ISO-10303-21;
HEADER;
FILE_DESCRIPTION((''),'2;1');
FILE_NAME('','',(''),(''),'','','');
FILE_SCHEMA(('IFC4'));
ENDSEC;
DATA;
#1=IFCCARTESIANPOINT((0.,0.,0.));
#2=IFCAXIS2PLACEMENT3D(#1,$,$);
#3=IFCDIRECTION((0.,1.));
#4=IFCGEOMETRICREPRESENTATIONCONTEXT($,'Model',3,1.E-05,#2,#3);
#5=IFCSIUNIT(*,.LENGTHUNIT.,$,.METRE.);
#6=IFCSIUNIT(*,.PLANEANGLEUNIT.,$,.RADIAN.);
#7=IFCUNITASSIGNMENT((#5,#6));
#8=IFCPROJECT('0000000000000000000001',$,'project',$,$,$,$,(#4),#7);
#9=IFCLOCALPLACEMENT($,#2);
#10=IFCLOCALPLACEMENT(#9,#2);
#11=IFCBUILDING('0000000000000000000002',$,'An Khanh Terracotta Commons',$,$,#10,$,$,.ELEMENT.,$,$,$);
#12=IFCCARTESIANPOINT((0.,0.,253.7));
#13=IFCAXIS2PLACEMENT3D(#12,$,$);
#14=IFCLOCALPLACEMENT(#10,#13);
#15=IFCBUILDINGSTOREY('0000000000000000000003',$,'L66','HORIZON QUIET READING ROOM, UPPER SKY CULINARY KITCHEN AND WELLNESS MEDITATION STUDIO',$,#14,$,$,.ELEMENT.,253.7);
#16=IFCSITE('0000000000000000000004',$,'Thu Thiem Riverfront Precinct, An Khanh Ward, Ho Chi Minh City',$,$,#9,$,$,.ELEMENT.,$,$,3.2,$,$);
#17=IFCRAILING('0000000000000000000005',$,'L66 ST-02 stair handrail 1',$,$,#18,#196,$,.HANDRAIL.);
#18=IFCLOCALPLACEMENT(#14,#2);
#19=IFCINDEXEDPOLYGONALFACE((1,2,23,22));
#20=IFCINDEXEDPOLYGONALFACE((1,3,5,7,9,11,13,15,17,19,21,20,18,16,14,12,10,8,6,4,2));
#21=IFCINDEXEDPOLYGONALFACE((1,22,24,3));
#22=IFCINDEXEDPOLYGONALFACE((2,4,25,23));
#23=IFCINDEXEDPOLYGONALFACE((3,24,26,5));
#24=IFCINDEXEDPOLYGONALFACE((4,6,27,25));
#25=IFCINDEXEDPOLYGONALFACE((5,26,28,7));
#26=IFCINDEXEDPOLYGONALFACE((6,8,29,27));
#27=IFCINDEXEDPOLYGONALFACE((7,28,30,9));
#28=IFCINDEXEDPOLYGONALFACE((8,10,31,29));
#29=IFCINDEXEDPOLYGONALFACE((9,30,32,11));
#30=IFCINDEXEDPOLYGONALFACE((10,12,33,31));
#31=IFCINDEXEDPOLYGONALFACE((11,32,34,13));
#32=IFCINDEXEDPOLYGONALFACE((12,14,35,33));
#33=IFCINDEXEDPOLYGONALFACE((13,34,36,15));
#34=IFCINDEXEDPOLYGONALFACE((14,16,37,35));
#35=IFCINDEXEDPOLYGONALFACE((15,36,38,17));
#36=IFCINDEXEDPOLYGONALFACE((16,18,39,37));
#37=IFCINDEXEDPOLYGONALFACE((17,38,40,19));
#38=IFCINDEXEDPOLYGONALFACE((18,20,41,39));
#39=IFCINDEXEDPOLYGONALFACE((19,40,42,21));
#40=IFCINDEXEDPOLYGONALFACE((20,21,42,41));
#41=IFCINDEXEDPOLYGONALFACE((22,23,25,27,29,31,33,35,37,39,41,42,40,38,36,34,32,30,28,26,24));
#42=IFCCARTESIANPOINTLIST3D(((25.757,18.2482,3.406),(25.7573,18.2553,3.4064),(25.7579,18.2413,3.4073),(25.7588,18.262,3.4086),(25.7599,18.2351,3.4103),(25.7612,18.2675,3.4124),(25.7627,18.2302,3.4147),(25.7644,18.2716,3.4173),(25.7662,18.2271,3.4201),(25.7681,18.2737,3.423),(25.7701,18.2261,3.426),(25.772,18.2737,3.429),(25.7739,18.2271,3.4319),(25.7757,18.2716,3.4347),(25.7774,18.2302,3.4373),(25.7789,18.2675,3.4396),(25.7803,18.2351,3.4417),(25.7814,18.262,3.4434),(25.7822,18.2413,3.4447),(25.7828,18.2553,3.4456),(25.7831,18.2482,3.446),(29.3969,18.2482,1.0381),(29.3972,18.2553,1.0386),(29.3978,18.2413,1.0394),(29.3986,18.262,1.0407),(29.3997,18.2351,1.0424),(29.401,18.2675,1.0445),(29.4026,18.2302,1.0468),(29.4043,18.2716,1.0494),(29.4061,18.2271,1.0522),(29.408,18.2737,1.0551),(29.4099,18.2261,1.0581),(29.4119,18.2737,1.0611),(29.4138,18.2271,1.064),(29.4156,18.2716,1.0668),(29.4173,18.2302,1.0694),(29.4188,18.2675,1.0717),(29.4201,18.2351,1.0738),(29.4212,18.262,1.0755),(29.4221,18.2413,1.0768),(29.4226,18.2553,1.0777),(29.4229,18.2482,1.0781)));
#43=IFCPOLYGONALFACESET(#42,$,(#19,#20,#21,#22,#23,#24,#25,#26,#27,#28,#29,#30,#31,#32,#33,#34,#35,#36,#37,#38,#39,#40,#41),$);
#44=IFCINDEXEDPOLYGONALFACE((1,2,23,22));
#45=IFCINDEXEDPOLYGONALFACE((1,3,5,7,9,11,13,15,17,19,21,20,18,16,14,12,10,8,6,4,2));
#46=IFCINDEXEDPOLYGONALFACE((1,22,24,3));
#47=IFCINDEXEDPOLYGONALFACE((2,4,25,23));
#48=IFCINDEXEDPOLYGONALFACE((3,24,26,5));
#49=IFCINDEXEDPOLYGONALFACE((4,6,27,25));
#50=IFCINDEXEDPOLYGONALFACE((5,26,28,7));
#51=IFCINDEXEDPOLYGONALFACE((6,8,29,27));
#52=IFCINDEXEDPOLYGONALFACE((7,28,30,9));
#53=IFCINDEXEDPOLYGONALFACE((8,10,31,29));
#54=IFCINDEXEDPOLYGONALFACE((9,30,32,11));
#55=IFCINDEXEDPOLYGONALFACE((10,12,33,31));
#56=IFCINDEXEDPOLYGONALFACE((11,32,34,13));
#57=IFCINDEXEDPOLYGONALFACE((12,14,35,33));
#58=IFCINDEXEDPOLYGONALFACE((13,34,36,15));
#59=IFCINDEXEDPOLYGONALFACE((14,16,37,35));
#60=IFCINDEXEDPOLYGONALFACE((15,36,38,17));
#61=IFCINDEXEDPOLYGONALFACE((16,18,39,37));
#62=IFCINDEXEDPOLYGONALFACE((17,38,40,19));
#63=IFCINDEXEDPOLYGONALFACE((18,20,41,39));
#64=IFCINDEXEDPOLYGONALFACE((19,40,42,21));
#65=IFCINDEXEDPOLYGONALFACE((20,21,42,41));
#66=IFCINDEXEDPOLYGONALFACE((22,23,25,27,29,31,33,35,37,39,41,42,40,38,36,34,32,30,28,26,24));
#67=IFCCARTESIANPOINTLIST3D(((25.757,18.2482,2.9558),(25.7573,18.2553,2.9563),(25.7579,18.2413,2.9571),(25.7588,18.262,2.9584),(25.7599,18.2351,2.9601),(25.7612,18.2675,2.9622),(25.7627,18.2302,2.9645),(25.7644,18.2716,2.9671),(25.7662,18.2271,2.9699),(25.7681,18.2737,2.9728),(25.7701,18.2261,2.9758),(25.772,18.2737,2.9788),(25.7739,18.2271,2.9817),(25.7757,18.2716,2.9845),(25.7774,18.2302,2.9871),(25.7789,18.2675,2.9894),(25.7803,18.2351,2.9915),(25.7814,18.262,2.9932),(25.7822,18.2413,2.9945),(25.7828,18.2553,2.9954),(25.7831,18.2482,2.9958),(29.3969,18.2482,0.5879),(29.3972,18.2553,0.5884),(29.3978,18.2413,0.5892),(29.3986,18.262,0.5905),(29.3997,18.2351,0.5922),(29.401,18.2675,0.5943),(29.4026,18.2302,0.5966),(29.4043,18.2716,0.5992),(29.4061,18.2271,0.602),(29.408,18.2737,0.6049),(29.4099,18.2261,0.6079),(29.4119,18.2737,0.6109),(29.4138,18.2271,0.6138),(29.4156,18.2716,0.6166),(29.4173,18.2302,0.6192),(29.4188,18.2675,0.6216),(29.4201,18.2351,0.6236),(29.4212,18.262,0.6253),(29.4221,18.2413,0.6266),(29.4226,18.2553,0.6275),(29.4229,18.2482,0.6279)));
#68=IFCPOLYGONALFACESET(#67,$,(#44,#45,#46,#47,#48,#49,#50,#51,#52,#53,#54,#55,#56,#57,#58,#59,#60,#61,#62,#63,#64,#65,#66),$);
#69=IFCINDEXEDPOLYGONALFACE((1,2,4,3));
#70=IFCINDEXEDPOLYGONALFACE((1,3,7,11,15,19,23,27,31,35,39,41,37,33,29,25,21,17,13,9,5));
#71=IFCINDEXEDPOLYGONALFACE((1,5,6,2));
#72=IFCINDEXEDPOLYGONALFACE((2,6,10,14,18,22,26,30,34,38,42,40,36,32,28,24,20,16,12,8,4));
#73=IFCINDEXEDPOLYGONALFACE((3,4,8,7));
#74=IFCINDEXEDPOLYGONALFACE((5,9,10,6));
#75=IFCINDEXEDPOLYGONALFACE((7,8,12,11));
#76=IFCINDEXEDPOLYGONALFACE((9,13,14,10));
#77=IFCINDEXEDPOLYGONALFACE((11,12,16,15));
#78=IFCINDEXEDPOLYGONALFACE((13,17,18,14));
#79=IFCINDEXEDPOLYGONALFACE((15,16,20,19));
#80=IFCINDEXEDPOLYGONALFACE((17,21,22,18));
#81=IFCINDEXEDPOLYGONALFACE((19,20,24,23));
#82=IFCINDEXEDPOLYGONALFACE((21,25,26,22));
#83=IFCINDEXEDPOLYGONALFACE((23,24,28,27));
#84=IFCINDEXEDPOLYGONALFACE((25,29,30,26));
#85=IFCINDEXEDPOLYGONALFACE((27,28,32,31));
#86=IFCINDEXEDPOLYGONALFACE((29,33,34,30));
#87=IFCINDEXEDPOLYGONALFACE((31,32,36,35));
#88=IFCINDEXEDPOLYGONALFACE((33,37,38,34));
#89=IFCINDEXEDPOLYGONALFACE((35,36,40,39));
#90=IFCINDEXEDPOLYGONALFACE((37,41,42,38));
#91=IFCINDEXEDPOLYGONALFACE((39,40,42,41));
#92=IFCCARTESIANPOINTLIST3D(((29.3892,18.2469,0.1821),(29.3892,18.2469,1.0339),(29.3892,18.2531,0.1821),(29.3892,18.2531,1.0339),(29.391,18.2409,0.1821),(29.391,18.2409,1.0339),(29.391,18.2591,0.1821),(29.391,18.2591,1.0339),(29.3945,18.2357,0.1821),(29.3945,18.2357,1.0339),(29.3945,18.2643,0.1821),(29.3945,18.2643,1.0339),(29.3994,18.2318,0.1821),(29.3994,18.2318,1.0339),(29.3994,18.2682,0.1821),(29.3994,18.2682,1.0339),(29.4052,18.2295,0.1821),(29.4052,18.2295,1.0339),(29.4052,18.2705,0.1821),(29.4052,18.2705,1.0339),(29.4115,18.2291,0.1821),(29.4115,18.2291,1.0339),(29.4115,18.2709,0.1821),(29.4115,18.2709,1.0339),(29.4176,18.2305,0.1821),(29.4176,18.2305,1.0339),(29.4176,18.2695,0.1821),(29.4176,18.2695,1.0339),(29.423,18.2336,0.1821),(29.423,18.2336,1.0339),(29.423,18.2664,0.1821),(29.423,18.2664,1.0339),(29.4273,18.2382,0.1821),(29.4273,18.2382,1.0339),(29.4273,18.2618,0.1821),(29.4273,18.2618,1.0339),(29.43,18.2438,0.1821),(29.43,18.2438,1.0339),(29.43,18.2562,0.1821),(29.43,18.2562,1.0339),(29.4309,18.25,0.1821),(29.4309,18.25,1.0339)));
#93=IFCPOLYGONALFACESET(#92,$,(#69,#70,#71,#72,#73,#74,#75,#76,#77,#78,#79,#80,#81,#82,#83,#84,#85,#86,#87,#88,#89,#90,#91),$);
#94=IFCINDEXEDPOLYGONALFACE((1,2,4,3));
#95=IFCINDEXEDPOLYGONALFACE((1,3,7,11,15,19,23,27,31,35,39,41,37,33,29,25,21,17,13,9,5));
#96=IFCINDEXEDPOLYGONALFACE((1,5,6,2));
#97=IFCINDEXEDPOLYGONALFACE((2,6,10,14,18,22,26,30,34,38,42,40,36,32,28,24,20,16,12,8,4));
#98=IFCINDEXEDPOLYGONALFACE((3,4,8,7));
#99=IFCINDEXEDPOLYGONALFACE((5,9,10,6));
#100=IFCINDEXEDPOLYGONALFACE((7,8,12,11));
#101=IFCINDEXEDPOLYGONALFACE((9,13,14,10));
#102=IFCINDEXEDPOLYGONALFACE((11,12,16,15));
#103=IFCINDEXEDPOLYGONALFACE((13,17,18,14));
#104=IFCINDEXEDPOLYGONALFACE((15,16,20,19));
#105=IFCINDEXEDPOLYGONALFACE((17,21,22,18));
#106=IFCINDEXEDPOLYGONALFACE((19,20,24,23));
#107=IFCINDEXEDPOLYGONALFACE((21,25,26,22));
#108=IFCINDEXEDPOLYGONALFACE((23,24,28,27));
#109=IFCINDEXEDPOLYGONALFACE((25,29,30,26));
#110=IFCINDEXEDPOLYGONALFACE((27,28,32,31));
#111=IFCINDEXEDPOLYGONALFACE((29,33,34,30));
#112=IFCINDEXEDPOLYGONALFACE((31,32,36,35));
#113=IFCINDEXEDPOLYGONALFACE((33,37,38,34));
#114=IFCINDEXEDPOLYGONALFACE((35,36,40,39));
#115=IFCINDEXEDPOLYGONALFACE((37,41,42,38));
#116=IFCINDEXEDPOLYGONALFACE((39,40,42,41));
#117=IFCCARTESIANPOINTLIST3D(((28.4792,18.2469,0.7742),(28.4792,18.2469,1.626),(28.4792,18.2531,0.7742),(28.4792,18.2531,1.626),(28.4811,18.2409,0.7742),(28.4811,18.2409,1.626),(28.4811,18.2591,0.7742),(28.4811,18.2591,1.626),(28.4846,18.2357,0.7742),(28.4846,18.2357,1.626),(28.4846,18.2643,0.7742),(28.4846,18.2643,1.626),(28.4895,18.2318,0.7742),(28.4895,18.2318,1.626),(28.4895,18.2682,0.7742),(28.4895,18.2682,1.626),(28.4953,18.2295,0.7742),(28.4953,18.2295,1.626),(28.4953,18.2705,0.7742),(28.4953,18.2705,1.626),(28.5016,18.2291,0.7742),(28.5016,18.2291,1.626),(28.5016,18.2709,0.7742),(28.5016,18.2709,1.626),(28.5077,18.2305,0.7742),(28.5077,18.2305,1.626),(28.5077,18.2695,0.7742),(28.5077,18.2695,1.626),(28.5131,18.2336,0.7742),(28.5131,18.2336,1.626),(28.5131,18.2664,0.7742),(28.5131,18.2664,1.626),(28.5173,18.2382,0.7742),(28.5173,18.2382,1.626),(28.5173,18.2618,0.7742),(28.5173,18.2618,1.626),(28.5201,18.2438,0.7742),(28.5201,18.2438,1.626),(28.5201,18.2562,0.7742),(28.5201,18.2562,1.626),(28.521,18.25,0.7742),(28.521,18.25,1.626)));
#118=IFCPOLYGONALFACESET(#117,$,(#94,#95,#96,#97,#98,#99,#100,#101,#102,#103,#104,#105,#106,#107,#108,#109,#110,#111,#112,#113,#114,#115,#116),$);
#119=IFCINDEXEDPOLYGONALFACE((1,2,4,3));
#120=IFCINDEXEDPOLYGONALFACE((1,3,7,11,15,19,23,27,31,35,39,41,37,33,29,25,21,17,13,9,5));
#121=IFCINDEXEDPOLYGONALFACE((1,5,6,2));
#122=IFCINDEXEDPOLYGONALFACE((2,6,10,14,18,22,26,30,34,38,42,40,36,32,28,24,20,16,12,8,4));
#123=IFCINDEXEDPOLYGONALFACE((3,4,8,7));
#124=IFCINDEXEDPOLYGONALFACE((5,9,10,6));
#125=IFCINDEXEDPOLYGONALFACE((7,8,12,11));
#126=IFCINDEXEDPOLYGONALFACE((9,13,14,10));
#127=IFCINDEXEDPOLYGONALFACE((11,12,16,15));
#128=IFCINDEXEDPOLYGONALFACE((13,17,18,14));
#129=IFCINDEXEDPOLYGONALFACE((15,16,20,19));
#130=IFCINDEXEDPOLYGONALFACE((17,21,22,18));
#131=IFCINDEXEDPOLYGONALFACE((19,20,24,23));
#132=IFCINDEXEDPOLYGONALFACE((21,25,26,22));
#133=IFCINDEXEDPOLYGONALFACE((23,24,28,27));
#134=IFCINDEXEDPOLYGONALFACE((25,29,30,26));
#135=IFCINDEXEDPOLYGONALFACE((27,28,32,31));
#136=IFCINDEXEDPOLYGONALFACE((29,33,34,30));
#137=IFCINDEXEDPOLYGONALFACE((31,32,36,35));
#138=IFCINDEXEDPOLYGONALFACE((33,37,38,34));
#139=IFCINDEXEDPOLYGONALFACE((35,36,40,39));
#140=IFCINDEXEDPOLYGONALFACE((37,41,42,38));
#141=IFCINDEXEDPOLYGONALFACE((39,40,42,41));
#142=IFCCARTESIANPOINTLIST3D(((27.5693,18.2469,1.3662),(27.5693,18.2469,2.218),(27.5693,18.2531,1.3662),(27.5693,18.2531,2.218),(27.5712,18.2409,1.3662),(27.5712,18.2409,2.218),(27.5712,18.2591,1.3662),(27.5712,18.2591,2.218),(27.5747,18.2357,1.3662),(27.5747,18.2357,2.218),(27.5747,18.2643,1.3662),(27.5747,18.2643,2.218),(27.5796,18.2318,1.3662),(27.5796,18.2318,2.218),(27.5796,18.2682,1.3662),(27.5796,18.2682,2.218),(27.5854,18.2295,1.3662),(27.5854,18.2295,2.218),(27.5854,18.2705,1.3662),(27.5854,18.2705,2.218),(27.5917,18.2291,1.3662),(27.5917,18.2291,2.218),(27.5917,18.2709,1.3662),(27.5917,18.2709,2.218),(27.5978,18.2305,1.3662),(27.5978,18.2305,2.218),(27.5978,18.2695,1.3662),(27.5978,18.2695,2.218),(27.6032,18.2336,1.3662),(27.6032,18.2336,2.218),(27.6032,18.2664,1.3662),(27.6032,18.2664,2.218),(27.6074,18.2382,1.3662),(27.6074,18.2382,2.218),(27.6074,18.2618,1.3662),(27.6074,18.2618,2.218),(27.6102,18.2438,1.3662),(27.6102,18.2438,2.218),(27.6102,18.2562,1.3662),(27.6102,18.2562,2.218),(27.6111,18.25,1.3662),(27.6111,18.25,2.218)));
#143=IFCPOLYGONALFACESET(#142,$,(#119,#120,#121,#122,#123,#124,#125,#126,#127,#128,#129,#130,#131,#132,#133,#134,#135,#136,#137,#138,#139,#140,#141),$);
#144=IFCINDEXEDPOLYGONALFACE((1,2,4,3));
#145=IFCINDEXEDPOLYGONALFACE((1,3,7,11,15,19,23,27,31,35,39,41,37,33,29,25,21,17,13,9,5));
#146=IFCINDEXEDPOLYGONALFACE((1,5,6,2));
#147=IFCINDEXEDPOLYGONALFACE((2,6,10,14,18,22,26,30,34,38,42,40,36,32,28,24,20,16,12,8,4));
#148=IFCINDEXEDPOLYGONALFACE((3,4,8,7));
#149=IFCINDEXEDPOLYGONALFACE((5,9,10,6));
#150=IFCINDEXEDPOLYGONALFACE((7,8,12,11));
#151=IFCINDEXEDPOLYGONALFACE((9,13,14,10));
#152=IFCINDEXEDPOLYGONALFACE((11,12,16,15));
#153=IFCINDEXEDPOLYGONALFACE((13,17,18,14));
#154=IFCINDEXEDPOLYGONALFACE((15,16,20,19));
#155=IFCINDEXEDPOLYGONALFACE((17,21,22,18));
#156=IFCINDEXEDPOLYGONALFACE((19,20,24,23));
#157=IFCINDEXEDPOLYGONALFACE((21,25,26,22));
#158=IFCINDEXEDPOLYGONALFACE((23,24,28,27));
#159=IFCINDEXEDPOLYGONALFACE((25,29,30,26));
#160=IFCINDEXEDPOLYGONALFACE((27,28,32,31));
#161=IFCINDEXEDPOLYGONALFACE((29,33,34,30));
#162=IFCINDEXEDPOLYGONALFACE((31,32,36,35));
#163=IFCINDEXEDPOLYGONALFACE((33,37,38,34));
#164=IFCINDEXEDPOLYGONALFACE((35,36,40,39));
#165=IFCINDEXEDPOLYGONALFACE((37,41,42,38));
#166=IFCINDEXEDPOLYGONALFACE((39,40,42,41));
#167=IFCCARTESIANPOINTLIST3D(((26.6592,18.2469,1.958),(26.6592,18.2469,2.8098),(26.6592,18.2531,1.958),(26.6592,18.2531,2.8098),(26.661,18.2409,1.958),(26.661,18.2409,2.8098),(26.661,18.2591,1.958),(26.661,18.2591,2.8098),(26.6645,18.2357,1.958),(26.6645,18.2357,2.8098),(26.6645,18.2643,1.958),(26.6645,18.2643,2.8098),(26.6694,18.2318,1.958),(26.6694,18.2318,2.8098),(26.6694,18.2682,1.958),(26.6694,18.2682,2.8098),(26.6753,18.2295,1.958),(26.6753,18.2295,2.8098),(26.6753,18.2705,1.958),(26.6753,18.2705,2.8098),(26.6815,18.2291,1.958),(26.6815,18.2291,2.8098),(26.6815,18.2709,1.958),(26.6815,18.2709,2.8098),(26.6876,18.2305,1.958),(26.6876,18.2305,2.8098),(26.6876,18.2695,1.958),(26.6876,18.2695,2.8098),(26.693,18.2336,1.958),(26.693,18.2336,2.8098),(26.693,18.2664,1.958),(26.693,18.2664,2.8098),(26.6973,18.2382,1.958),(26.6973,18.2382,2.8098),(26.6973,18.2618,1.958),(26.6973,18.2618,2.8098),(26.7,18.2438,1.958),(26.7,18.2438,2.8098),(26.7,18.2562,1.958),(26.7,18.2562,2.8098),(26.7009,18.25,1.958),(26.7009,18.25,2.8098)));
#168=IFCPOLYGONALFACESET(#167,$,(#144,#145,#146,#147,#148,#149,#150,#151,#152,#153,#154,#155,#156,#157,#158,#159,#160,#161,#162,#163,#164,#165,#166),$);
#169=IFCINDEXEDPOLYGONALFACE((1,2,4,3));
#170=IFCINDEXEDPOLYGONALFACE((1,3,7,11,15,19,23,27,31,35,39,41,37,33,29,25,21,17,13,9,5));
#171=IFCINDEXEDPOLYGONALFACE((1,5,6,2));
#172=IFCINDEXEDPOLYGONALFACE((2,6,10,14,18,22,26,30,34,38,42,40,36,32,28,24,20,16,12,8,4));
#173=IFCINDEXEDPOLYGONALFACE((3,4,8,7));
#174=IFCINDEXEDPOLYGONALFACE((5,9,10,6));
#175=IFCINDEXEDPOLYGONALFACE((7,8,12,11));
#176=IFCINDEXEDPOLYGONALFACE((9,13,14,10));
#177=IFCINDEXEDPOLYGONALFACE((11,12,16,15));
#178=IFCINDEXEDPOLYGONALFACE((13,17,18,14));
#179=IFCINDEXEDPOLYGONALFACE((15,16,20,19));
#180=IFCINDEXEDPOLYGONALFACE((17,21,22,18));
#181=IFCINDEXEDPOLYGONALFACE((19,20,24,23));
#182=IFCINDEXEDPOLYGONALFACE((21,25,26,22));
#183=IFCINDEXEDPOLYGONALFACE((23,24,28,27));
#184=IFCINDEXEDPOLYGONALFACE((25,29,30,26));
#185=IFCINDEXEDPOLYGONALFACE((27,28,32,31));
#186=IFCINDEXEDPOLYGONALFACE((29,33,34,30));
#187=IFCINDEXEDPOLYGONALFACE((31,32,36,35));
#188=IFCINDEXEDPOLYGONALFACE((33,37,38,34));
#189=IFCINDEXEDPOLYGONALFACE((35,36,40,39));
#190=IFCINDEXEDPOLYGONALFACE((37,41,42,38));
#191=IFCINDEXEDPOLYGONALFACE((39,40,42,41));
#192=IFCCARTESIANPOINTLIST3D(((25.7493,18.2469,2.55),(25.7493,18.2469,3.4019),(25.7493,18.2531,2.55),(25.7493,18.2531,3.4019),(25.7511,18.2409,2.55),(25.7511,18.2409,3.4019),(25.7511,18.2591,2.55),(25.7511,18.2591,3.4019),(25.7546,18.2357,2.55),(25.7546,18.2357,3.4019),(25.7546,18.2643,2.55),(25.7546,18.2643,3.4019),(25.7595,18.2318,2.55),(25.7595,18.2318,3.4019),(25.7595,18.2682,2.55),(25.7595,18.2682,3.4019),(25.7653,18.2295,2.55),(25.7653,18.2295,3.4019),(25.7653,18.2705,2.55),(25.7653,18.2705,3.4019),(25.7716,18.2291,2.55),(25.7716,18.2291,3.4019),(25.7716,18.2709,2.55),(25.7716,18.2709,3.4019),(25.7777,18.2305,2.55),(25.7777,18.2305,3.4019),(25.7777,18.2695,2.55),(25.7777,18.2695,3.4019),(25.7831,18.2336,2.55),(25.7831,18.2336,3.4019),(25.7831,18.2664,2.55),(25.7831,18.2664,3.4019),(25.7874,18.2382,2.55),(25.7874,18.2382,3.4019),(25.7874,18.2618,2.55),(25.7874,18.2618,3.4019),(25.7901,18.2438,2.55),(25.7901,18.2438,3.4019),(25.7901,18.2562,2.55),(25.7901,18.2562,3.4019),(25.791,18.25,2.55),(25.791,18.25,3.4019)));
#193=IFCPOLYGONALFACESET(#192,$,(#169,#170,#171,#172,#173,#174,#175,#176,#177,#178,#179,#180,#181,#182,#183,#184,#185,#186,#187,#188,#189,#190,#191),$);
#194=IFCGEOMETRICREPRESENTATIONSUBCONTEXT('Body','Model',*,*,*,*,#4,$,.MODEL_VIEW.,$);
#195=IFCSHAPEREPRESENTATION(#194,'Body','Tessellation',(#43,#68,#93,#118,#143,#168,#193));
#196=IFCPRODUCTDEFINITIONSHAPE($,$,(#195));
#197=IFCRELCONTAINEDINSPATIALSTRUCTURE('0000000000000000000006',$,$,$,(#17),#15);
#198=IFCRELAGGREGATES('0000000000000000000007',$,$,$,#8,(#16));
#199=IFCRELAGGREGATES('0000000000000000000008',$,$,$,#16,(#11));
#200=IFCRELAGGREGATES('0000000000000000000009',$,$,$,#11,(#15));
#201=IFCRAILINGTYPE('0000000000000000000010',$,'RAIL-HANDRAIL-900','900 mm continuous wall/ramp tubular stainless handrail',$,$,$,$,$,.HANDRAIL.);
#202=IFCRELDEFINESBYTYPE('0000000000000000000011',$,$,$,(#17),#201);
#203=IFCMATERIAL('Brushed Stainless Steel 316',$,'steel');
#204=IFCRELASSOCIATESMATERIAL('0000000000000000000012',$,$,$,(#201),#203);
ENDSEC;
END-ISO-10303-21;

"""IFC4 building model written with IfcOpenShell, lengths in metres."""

from ifc_helpers import new_model, si_unit, direction, frame, origin, origin_2d, place, context, subcontext, project, spatial, circle, extrude, material, type_object, element, save


model = new_model("IFC4")

# Units and contexts
model_context = context("Model", 3, precision=1e-05, world=origin(), true_north=direction((0.0, 1.0)))
body_context = subcontext(model_context, "Body", "Model", "MODEL_VIEW")
ifc_project = project(units=[si_unit("LENGTHUNIT", "METRE"), si_unit("PLANEANGLEUNIT", "RADIAN")], contexts=[model_context])

# Site, building, storey
site_placement = place(None, origin())
site = spatial("IfcSite", under=ifc_project, at=site_placement, Name="Thu Thiem Riverfront Precinct, An Khanh Ward, Ho Chi Minh City", CompositionType="ELEMENT", RefElevation=3.2)
building_placement = place(site_placement, origin())
building = spatial("IfcBuilding", under=site, at=building_placement, Name="An Khanh Terracotta Commons", CompositionType="ELEMENT")
storey_placement = place(building_placement, frame((0.0, 0.0, 253.7)))
storey = spatial("IfcBuildingStorey", under=building, at=storey_placement, Name="L66", Description="HORIZON QUIET READING ROOM, UPPER SKY CULINARY KITCHEN AND WELLNESS MEDITATION STUDIO", CompositionType="ELEMENT", Elevation=253.7)

# Railing
ifc_material_1 = material(Name="Brushed Stainless Steel 316", Category="steel")
railing_type_1 = type_object("IfcRailingType", Name="RAIL-HANDRAIL-900", Description="900 mm continuous wall/ramp tubular stainless handrail", PredefinedType="HANDRAIL", material=ifc_material_1)
railing_1_placement = place(storey_placement, frame((29.4099, 18.25, 0.1821)))
element("IfcRailing", 1, at=railing_1_placement, inside=storey, type_object=railing_type_1, Name="L66 ST-02 stair handrail 1", PredefinedType="HANDRAIL", context=body_context, shape_type="SweptSolid", body=[
    extrude(circle(Radius=0.0239, at=origin_2d()), frame((0.0, 0.0, 0.876), z_axis=(-0.838234, 0.0, 0.54531), x_axis=(0.0, -1.0, 0.0)), (0.0, 0.0, 1.0), 4.3423),
    extrude(circle(Radius=0.0239, at=origin_2d()), frame((0.0, 0.0, 0.4258), z_axis=(-0.838234, 0.0, 0.54531), x_axis=(0.0, -1.0, 0.0)), (0.0, 0.0, 1.0), 4.3423),
    extrude(circle(Radius=0.021, at=origin_2d()), origin(), (0.0, 0.0, 1.0), 0.8518),
    extrude(circle(Radius=0.021, at=origin_2d()), frame((-0.9099, 0.0, 0.592)), (0.0, 0.0, 1.0), 0.8518),
    extrude(circle(Radius=0.021, at=origin_2d()), frame((-1.8198, 0.0, 1.1841)), (0.0, 0.0, 1.0), 0.8518),
    extrude(circle(Radius=0.021, at=origin_2d()), frame((-2.73, 0.0, 1.7759)), (0.0, 0.0, 1.0), 0.8518),
    extrude(circle(Radius=0.021, at=origin_2d()), frame((-3.6399, 0.0, 2.3679)), (0.0, 0.0, 1.0), 0.8518),
])

save(model, "model.ifc")
